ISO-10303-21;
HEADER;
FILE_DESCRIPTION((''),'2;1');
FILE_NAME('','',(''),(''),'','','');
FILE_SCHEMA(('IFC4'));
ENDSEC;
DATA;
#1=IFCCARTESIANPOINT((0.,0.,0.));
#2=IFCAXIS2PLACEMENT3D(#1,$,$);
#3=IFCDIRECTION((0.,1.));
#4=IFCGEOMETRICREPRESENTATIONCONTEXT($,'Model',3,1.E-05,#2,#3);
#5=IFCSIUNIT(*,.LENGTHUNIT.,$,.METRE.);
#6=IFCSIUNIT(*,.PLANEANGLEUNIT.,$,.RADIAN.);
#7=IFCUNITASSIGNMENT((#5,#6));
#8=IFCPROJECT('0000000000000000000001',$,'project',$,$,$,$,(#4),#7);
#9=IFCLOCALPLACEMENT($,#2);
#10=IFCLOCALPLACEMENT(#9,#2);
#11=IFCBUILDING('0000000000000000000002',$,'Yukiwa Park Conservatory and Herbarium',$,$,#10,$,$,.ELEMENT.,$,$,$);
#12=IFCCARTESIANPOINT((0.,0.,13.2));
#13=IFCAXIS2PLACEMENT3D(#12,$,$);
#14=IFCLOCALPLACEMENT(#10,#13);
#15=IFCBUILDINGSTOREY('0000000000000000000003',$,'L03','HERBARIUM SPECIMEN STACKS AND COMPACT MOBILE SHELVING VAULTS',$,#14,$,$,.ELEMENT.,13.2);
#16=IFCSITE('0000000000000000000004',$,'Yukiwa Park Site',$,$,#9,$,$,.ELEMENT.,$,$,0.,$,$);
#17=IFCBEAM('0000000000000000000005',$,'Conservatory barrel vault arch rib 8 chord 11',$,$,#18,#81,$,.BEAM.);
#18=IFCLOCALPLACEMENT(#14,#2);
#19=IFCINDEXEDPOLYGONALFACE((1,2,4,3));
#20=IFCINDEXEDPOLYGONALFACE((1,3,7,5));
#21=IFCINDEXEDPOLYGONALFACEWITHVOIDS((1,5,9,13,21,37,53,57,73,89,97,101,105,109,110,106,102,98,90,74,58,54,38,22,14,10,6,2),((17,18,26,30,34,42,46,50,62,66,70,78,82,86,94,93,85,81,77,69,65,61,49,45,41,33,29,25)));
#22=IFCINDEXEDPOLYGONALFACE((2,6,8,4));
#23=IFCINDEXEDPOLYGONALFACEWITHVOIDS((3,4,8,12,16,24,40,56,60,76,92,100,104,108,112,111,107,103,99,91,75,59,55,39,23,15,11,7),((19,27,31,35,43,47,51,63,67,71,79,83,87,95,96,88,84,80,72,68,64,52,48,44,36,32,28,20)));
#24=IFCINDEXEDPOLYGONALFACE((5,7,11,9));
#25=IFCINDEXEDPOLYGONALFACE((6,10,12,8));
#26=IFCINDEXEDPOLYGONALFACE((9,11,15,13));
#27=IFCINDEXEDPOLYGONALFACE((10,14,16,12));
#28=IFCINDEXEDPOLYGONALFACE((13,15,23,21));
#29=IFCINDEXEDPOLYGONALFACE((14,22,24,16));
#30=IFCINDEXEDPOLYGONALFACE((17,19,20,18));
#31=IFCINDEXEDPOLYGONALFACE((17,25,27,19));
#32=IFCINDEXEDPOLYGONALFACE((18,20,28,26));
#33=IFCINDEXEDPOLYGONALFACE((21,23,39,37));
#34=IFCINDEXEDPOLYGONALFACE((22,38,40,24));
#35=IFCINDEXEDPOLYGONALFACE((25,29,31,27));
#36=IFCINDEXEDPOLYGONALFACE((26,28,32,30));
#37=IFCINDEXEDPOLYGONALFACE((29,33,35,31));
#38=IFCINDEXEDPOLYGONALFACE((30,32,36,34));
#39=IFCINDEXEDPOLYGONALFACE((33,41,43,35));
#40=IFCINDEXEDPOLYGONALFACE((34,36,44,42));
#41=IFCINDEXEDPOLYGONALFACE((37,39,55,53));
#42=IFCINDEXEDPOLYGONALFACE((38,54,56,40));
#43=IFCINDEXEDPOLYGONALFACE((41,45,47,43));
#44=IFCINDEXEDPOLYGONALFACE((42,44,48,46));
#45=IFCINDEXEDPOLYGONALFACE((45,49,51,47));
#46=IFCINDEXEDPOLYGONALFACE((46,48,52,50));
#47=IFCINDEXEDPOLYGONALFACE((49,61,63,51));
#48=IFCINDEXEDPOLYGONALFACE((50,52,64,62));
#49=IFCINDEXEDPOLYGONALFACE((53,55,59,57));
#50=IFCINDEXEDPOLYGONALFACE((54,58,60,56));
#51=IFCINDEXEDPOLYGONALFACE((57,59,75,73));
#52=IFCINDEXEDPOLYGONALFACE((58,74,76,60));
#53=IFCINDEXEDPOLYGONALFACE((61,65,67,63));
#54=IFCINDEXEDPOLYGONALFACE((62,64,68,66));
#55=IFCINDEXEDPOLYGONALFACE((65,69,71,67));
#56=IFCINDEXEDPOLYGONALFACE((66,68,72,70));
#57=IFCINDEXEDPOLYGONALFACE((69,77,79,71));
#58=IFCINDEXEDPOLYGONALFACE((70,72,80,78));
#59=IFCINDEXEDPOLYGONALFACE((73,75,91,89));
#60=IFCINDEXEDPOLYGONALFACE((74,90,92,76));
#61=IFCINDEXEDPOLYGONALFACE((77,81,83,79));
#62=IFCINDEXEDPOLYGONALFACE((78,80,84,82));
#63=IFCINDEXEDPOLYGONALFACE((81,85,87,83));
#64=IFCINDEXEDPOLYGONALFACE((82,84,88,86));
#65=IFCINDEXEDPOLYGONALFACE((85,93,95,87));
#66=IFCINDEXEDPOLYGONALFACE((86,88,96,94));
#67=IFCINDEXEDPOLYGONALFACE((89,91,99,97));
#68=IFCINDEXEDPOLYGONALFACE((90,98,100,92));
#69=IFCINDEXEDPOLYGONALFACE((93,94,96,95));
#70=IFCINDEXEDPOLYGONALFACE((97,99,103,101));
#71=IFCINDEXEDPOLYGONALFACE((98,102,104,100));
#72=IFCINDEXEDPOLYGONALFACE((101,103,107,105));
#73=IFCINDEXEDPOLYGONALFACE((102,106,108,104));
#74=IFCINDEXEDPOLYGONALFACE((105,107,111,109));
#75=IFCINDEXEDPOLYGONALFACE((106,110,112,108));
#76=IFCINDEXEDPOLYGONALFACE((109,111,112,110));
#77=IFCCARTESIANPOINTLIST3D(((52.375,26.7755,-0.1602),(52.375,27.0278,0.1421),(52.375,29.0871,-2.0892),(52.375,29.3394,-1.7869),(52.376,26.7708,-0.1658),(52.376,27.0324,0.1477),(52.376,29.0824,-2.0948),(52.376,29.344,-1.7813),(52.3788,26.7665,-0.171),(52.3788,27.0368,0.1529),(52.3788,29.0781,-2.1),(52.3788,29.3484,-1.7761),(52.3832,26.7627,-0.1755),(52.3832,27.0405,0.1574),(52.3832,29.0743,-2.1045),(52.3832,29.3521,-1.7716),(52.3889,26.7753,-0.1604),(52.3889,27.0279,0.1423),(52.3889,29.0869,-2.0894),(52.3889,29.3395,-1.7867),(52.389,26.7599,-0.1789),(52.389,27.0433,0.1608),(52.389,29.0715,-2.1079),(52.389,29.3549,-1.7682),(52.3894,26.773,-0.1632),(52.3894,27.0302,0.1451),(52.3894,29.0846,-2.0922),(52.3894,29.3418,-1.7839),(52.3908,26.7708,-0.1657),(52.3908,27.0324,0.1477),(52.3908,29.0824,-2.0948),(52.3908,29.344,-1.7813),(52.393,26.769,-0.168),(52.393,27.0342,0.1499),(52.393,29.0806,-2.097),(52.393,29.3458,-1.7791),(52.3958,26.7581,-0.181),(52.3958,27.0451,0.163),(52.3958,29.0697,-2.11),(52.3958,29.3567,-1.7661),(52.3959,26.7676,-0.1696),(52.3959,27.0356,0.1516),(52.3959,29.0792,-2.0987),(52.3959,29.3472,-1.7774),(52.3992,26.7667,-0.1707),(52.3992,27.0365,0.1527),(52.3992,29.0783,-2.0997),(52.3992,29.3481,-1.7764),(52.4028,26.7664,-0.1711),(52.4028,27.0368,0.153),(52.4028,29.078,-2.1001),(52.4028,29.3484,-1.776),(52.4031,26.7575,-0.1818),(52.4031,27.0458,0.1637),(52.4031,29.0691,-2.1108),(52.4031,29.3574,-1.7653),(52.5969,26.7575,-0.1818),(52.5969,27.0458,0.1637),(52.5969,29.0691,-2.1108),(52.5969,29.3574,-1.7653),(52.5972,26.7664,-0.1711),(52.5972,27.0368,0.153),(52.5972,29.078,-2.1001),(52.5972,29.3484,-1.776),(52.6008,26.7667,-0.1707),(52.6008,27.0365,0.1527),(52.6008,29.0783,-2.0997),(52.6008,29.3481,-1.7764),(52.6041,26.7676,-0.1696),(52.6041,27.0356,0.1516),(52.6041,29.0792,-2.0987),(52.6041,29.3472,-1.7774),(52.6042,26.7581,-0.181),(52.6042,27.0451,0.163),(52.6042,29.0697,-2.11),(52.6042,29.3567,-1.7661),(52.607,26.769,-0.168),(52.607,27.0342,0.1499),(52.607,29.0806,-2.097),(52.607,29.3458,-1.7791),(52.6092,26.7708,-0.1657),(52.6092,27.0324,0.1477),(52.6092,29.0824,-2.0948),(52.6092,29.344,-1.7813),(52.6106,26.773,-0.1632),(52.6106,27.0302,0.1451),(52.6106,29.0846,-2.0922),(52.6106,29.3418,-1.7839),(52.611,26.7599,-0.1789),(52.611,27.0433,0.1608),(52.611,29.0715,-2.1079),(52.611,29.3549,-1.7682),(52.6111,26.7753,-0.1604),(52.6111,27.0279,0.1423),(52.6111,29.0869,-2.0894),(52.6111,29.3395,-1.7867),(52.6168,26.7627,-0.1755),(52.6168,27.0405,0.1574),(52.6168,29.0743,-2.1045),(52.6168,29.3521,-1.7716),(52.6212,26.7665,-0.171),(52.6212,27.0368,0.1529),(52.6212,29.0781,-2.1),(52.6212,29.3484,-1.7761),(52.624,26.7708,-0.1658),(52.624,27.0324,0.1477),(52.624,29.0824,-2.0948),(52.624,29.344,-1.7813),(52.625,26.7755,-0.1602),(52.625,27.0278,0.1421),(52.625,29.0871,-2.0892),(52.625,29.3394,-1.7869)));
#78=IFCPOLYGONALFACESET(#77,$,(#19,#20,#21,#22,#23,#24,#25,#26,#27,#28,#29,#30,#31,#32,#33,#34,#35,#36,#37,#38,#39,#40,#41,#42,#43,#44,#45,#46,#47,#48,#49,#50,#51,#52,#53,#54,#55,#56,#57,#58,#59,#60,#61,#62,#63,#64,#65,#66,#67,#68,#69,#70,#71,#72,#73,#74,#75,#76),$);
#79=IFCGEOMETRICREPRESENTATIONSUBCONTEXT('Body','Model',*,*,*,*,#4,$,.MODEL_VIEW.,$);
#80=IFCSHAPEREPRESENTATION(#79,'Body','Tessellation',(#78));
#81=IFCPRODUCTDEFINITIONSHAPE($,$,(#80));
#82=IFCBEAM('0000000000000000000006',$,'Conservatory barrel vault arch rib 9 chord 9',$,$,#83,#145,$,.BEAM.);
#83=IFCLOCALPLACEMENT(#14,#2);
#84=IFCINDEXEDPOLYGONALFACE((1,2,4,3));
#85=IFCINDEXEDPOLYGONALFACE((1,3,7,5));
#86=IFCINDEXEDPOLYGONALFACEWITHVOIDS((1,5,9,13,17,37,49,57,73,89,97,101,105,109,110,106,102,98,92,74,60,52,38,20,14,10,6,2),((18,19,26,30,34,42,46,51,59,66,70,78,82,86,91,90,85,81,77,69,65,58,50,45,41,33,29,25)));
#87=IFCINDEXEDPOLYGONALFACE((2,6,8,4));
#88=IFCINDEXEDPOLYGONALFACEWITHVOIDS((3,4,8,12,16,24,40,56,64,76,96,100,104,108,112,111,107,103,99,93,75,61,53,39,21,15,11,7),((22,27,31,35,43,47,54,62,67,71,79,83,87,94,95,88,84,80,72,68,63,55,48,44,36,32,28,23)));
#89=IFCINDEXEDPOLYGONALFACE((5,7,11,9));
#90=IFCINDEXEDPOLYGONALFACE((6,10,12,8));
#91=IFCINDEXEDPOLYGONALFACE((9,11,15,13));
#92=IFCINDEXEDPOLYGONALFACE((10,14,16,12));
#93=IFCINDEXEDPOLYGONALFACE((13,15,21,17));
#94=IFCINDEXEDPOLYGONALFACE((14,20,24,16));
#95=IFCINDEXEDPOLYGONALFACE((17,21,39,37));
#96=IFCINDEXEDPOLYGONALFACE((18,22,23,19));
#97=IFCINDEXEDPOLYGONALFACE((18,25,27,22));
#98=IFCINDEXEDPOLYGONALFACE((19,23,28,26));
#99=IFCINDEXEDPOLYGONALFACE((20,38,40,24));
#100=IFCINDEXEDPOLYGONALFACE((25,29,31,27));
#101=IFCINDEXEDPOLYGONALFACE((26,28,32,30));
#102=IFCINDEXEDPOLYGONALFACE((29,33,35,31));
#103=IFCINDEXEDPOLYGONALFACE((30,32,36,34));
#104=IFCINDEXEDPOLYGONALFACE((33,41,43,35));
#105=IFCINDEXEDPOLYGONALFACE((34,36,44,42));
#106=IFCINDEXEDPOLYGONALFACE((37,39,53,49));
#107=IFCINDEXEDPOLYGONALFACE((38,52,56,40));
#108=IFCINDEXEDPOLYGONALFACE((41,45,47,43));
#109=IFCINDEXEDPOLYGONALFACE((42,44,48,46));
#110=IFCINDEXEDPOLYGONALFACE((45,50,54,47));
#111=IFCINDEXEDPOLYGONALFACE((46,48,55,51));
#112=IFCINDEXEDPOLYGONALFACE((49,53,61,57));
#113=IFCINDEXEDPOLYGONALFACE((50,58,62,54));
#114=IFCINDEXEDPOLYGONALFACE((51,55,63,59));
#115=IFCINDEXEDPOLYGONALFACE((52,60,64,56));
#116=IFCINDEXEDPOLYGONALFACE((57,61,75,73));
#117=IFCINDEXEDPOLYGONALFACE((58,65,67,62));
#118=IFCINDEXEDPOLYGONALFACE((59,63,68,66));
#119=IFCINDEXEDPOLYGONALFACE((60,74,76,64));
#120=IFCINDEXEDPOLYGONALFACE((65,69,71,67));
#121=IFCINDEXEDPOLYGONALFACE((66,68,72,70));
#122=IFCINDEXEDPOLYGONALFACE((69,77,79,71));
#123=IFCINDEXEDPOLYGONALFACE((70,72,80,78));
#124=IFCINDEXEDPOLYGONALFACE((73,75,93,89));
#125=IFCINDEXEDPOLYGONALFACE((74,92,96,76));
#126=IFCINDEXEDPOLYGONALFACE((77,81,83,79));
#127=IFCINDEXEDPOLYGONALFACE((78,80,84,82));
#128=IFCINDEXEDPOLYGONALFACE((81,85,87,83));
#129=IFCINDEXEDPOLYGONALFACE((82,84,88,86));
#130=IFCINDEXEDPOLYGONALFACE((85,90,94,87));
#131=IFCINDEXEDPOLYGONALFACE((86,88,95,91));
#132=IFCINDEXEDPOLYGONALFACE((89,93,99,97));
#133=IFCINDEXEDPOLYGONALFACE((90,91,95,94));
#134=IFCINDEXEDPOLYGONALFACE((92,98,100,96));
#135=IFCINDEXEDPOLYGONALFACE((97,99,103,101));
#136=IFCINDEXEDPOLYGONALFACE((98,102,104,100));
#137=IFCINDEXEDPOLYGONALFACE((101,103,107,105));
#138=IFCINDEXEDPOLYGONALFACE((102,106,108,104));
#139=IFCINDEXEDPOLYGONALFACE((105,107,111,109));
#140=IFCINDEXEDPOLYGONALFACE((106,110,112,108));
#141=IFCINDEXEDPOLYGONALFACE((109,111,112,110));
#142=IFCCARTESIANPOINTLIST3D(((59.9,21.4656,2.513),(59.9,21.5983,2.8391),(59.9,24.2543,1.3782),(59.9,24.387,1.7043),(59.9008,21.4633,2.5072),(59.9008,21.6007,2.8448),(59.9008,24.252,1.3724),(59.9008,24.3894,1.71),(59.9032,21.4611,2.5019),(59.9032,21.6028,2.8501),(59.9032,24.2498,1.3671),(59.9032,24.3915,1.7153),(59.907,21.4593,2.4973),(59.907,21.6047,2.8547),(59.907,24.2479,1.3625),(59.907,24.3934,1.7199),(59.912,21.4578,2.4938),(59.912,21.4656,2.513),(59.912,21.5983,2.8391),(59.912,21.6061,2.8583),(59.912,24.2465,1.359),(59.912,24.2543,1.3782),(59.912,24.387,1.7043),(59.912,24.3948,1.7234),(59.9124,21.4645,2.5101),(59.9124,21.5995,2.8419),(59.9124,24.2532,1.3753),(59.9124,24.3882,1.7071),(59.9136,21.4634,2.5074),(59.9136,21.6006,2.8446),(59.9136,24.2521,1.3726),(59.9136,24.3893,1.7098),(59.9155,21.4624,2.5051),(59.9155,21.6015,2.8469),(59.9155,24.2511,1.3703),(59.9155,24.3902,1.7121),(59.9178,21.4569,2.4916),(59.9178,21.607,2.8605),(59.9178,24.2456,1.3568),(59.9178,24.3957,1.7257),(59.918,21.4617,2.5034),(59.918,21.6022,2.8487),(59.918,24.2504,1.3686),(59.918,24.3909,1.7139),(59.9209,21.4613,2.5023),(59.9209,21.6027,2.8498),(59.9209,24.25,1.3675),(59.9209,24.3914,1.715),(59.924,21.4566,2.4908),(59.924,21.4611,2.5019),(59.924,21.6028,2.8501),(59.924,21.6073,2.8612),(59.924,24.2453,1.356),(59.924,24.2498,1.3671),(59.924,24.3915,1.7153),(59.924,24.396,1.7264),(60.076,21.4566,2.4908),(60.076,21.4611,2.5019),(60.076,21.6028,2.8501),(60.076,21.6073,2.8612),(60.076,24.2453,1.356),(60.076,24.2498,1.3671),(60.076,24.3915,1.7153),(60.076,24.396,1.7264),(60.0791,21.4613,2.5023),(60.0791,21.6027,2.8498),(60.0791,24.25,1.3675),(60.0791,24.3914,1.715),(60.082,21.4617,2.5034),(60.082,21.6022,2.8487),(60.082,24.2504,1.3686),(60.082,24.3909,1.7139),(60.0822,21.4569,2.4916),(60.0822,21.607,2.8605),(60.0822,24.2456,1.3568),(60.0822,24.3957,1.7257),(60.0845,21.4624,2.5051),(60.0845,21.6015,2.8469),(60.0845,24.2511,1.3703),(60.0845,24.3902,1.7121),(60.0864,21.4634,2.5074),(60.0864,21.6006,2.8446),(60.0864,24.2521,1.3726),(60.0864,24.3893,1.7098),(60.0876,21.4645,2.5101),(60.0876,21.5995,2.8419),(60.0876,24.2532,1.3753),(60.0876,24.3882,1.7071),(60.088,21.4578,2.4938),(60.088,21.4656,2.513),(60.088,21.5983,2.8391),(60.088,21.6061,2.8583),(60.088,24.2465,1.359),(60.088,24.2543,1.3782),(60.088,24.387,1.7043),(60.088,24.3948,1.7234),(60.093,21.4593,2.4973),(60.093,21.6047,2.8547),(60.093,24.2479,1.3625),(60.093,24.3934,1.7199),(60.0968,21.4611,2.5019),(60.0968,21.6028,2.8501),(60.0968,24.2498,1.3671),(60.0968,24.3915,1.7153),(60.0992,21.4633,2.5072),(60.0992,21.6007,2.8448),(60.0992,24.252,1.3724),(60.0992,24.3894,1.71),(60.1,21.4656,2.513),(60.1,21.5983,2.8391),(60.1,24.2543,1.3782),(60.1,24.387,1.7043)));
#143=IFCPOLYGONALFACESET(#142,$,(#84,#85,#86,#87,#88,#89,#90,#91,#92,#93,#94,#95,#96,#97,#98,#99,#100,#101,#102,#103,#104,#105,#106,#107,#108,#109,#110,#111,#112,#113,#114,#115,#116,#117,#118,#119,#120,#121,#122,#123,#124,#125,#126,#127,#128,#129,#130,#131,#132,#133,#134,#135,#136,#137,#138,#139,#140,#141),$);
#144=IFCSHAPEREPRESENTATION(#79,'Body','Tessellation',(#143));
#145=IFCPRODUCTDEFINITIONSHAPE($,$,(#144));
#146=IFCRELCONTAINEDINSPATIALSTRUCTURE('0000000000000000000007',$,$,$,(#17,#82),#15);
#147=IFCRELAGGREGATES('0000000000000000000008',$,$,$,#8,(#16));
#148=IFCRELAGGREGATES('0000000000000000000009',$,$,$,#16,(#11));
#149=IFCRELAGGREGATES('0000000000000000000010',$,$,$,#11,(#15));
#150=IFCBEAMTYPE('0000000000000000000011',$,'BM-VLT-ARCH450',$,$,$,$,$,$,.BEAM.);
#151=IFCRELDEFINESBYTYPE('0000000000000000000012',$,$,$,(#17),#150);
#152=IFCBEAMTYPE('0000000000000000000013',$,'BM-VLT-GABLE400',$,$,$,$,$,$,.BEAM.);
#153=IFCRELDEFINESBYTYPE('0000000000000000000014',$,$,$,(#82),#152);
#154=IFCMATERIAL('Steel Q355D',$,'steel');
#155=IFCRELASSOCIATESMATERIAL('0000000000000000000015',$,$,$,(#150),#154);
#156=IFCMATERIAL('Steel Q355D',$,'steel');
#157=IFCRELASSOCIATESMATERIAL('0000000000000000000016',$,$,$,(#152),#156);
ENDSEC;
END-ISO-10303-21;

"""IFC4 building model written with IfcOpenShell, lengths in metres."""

from ifc_helpers import new_model, si_unit, direction, frame, origin, origin_2d, place, context, subcontext, project, spatial, hollow_rectangle, extrude, material, material_profile, profile_set, type_object, element, save


model = new_model("IFC4")

# Units and contexts
model_context = context("Model", 3, precision=1e-05, world=origin(), true_north=direction((0.0, 1.0)))
body_context = subcontext(model_context, "Body", "Model", "MODEL_VIEW")
ifc_project = project(units=[si_unit("LENGTHUNIT", "METRE"), si_unit("PLANEANGLEUNIT", "RADIAN")], contexts=[model_context])

# Site, building, storey
site_placement = place(None, origin())
site = spatial("IfcSite", under=ifc_project, at=site_placement, Name="Yukiwa Park Site", CompositionType="ELEMENT", RefElevation=0.0)
building_placement = place(site_placement, origin())
building = spatial("IfcBuilding", under=site, at=building_placement, Name="Yukiwa Park Conservatory and Herbarium", CompositionType="ELEMENT")
storey_placement = place(building_placement, frame((0.0, 0.0, 13.2)))
storey = spatial("IfcBuildingStorey", under=building, at=storey_placement, Name="L03", Description="HERBARIUM SPECIMEN STACKS AND COMPACT MOBILE SHELVING VAULTS", CompositionType="ELEMENT", Elevation=13.2)

# Beams
ifc_material_1 = material(Name="Steel Q355D", Category="steel")
ifc_material_profile_1 = material_profile(ifc_material_1, hollow_rectangle(XDim=0.25, YDim=0.45, WallThickness=0.0139, InnerFilletRadius=0.0139, OuterFilletRadius=0.0281, at=origin_2d()), Name="RHS 450x250x14")
ifc_profile_set_1 = profile_set([ifc_material_profile_1], Name="Steel Q355D")
beam_type_1 = type_object("IfcBeamType", Name="BM-VLT-ARCH450", PredefinedType="BEAM", material=ifc_profile_set_1)
beam_placement = place(storey_placement, frame((52.5, 26.9016, -0.009), z_axis=(0.0, 0.767782, -0.640711), x_axis=(-1.0, 0.0, 0.0)))
element("IfcBeam", 1, at=beam_placement, inside=storey, type_object=beam_type_1, Name="Conservatory barrel vault arch rib 8 chord 11", PredefinedType="BEAM", context=body_context, shape_type="SweptSolid", body=[
    extrude(hollow_rectangle(XDim=0.25, YDim=0.45, WallThickness=0.0139, InnerFilletRadius=0.0139, OuterFilletRadius=0.0281, at=origin_2d()), origin(), (0.0, 0.0, 1.0), 3.0107),
])
ifc_material_2 = material(Name="Steel Q355D", Category="steel")
ifc_material_profile_2 = material_profile(ifc_material_2, hollow_rectangle(XDim=0.2, YDim=0.3999, WallThickness=0.012, InnerFilletRadius=0.012, OuterFilletRadius=0.0239, at=origin_2d()), Name="RHS 400x200x12")
ifc_profile_set_2 = profile_set([ifc_material_profile_2], Name="Steel Q355D")
beam_type_2 = type_object("IfcBeamType", Name="BM-VLT-GABLE400", PredefinedType="BEAM", material=ifc_profile_set_2)
for number, where, z_axis, x_axis, name in (
    (2, (60.0, 21.532, 2.676), (0.0, 0.926246, -0.376921), (-1.0, 0.0, 0.0), "Conservatory barrel vault arch rib 9 chord 9"),
):
    element("IfcBeam", number, at=place(storey_placement, frame(where, z_axis=z_axis, x_axis=x_axis)), inside=storey, type_object=beam_type_2, Name=name, PredefinedType="BEAM", context=body_context, shape_type="SweptSolid", body=[
        extrude(hollow_rectangle(XDim=0.2, YDim=0.3999, WallThickness=0.012, InnerFilletRadius=0.012, OuterFilletRadius=0.0239, at=origin_2d()), origin(), (0.0, 0.0, 1.0), 3.0107),
    ])

save(model, "model.ifc")
